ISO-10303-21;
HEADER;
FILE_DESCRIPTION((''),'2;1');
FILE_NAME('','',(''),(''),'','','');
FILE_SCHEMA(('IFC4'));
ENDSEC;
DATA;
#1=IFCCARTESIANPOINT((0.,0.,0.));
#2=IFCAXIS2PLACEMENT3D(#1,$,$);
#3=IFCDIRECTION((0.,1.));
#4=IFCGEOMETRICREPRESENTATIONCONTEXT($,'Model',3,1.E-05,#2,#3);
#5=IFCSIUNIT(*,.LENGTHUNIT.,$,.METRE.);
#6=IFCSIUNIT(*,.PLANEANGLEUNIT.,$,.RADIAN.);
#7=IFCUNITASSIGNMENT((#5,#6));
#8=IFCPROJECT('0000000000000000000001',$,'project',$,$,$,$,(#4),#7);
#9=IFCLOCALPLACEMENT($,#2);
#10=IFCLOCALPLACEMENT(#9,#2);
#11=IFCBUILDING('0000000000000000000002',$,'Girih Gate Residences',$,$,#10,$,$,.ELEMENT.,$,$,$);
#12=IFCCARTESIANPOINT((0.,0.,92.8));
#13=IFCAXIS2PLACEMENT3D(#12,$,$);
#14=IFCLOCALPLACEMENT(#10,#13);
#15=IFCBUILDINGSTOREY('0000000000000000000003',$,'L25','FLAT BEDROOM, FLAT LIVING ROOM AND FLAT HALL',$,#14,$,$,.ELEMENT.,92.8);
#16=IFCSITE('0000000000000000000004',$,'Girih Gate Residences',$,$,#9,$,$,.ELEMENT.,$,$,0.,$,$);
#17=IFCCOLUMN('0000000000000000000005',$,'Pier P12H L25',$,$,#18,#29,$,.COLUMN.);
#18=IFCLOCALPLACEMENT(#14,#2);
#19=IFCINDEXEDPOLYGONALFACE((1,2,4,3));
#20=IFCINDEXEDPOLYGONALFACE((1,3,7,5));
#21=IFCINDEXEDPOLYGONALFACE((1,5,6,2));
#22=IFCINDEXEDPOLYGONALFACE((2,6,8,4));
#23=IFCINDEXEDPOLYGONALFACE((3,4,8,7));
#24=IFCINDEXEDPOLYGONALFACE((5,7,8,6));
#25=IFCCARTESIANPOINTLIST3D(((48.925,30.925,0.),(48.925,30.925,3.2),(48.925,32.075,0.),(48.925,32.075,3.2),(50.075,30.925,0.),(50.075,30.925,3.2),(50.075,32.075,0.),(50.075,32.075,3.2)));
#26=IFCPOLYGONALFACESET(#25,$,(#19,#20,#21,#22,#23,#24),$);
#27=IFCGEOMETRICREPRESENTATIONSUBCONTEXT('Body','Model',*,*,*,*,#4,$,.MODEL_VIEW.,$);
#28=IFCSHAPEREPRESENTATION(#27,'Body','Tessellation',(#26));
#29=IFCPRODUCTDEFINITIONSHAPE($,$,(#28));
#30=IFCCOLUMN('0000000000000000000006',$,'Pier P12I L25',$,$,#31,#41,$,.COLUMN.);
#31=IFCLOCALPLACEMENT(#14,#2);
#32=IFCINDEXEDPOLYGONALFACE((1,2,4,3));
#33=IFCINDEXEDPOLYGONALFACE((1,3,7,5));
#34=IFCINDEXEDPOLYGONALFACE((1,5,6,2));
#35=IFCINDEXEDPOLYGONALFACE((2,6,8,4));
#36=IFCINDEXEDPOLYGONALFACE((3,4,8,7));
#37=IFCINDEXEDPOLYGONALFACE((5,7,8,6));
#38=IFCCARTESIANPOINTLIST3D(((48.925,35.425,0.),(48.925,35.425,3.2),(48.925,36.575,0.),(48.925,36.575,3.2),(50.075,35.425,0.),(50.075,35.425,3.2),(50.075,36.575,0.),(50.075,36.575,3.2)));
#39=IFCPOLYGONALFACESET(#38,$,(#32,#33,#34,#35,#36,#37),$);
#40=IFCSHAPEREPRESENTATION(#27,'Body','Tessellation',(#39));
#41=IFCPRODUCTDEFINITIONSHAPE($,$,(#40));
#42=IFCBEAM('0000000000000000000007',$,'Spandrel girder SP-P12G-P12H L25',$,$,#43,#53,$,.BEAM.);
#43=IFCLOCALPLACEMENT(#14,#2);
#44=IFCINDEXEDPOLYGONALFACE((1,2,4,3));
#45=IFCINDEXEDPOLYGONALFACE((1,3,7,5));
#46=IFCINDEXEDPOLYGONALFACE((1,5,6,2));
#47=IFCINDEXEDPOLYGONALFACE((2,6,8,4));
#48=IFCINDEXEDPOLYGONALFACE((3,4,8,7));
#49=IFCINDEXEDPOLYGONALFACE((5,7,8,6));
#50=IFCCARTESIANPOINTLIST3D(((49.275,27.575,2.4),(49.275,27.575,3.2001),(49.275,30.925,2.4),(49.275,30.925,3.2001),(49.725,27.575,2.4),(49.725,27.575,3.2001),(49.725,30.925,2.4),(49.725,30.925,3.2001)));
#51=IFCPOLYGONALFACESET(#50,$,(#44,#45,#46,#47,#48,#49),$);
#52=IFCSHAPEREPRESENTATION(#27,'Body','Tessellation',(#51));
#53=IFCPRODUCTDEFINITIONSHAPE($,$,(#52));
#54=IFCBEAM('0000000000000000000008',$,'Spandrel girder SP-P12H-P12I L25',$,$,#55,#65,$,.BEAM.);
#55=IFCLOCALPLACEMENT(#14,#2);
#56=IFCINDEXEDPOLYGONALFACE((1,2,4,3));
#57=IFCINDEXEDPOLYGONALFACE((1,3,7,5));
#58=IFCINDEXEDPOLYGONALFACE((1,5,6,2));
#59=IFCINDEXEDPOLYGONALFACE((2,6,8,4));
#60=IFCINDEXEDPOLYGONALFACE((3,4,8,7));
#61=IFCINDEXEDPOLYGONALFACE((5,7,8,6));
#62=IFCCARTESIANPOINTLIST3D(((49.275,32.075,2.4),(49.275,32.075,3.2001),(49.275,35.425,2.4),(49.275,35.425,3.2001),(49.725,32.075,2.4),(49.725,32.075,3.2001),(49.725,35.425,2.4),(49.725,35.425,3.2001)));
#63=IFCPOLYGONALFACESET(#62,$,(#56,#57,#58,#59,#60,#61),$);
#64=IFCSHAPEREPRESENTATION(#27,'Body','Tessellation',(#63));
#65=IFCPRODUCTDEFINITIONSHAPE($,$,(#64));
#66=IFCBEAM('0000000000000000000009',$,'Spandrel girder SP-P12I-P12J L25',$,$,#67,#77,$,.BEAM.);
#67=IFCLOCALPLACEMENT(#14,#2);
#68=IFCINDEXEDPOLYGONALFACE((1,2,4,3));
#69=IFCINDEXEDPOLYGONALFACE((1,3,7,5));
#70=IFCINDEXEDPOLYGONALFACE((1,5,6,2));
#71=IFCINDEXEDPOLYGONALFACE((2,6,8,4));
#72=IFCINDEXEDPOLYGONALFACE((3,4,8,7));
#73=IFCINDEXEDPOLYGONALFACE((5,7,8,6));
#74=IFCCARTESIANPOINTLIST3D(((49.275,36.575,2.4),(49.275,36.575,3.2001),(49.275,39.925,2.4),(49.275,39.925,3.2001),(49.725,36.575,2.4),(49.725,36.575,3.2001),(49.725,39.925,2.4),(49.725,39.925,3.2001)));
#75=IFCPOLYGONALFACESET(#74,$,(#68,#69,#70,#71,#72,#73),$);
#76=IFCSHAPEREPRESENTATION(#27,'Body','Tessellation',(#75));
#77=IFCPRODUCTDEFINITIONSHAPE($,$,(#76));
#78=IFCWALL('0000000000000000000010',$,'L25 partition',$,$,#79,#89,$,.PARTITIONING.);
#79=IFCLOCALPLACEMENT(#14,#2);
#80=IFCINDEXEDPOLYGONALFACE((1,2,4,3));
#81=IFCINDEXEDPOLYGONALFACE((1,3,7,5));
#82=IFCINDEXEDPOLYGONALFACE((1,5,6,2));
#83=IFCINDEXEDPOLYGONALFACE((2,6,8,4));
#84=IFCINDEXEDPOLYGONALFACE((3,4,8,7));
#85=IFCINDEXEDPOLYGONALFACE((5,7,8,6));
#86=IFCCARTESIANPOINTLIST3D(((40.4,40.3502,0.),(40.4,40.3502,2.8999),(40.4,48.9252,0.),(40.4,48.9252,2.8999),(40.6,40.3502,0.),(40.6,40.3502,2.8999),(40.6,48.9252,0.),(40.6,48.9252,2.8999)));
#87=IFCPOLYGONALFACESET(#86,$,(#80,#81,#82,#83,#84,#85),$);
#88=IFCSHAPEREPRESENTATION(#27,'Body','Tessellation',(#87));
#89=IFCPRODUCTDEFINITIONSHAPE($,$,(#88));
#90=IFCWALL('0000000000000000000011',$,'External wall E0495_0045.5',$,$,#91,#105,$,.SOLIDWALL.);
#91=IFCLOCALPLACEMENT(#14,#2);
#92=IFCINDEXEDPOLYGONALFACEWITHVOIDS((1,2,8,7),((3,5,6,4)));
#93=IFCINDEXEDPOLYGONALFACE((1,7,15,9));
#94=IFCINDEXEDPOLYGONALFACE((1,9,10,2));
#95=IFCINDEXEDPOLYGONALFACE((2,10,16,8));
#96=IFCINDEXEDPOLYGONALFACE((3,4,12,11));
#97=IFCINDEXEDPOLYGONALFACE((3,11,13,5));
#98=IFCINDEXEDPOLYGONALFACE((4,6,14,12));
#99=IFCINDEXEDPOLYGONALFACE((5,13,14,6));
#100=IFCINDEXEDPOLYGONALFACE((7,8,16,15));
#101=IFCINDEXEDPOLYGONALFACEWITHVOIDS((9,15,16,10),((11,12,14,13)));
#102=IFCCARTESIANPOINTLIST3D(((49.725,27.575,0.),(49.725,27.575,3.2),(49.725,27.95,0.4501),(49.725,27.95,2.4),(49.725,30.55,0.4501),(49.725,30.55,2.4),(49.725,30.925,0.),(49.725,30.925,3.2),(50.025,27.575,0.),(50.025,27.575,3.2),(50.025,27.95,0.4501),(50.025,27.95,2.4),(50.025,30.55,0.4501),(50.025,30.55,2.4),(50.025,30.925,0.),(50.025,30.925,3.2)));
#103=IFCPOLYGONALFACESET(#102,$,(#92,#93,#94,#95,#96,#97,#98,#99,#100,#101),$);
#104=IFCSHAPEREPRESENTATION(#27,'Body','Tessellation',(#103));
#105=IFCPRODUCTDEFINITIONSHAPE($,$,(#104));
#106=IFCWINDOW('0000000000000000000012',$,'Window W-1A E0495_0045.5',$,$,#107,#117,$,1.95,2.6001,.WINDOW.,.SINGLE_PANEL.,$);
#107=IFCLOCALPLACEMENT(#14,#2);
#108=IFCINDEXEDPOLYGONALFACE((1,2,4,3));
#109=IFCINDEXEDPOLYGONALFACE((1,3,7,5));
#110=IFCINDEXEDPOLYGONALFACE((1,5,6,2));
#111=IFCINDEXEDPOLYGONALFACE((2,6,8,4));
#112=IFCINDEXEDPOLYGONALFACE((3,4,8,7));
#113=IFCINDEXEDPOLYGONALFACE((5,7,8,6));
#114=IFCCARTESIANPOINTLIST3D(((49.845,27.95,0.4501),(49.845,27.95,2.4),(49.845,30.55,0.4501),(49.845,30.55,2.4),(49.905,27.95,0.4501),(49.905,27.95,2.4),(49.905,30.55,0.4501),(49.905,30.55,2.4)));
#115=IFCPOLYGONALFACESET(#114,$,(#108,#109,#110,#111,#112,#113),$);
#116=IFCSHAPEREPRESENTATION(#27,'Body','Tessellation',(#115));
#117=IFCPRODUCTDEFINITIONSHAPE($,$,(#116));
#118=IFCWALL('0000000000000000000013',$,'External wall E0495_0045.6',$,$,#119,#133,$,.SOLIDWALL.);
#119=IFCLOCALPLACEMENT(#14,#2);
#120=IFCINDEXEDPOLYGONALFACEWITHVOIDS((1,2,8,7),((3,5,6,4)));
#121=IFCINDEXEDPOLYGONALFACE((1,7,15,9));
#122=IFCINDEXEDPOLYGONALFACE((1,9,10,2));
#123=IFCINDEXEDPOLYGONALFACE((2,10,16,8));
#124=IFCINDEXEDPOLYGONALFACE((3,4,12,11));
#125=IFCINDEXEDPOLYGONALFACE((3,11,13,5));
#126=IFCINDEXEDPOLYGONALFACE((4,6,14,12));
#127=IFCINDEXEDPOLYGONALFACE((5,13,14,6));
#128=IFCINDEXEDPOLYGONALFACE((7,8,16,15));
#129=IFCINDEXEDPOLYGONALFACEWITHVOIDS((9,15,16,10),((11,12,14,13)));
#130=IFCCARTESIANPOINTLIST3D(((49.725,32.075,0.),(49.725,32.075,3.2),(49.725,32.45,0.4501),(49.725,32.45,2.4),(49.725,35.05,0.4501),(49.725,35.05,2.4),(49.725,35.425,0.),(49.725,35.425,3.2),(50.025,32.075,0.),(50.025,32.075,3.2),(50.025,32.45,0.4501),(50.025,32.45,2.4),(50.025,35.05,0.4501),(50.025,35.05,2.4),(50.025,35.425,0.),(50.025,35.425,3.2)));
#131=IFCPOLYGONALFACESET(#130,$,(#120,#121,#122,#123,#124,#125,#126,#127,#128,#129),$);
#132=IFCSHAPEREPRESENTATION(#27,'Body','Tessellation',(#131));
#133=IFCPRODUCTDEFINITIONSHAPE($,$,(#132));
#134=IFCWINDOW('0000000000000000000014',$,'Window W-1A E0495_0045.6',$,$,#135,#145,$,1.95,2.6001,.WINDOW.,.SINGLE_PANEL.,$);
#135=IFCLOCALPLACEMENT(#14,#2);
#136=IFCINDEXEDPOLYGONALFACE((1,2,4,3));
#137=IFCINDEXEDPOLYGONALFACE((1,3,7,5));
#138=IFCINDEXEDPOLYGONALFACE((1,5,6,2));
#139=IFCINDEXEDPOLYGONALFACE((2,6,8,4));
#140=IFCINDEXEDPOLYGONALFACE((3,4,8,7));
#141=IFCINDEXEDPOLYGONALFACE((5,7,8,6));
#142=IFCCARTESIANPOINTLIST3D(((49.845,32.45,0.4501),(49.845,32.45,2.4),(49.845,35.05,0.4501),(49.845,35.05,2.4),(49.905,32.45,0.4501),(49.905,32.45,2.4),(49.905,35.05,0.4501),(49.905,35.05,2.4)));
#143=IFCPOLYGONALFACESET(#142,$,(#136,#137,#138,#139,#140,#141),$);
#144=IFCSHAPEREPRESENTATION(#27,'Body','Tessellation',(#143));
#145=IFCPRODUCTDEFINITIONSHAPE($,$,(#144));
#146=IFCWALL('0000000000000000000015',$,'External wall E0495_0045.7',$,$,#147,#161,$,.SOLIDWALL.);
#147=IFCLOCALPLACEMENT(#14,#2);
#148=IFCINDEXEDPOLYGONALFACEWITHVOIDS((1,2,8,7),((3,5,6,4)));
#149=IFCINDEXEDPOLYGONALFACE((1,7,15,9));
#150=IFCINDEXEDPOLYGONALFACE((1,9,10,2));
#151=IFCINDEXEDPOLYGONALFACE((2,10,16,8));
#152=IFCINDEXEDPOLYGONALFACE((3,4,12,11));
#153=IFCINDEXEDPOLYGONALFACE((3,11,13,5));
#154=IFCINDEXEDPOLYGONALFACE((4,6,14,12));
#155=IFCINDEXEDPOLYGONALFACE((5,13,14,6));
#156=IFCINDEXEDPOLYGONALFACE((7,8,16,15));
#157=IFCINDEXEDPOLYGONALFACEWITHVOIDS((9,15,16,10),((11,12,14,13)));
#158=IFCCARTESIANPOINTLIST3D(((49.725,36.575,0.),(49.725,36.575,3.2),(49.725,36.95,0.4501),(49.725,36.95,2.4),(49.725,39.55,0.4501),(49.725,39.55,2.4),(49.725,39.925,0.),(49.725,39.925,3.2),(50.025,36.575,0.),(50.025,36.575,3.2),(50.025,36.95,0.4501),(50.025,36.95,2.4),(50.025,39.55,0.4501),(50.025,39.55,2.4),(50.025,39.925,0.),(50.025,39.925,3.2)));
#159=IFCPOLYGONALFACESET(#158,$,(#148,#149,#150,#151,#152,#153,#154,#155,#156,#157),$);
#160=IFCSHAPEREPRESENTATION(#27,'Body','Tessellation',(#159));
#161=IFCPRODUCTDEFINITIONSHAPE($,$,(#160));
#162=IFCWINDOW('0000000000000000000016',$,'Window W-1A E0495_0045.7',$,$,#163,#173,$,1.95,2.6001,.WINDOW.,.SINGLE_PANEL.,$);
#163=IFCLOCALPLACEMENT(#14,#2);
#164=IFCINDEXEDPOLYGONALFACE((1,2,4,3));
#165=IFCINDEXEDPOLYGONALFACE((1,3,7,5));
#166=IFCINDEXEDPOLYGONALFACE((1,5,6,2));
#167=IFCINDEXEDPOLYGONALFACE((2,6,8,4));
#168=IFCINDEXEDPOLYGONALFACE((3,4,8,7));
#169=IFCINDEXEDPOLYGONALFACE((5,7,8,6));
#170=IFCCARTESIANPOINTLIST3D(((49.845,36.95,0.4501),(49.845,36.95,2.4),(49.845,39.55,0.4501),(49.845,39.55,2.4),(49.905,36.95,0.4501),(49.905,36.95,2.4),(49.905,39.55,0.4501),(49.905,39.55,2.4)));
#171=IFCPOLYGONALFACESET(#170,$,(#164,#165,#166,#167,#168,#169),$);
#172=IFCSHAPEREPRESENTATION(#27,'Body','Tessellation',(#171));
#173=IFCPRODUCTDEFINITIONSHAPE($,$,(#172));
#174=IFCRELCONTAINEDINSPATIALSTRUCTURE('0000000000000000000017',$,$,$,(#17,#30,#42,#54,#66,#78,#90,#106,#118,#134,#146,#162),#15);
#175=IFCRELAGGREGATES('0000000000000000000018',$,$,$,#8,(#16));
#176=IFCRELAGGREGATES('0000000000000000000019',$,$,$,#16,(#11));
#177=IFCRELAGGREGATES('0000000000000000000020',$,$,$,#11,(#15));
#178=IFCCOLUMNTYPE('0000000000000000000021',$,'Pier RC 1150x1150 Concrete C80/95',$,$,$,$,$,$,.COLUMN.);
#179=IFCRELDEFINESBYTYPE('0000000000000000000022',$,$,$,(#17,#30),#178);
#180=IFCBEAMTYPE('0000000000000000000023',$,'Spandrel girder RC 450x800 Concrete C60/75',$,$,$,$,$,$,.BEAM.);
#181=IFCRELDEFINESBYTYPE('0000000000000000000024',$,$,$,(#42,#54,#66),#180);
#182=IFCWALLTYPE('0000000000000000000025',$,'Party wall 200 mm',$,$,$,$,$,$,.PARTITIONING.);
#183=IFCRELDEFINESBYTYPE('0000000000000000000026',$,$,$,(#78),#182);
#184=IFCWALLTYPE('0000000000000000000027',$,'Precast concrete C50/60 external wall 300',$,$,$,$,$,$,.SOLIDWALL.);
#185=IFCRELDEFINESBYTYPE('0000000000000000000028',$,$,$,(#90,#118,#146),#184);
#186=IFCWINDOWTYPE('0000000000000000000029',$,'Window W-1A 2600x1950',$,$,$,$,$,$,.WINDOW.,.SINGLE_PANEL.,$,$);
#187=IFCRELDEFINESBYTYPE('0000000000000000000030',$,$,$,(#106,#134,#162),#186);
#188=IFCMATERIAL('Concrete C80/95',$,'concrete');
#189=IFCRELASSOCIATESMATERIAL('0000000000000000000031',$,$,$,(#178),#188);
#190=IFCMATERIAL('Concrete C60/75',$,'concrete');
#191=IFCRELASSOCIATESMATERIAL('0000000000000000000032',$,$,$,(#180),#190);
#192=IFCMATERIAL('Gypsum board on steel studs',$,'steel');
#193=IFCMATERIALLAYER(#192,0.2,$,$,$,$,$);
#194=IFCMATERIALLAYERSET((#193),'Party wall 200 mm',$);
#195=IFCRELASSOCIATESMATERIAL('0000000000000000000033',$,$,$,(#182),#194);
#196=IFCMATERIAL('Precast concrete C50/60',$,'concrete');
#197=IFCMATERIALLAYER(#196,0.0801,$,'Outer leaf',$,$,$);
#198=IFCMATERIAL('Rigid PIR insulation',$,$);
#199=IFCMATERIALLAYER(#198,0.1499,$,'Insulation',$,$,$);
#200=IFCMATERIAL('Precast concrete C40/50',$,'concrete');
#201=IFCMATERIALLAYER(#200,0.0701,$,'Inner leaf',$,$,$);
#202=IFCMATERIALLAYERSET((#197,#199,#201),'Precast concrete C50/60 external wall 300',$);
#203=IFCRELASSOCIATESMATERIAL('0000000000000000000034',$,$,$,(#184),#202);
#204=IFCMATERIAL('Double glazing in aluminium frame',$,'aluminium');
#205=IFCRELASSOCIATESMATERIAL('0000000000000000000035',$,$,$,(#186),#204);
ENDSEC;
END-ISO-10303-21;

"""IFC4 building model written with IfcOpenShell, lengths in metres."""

from ifc_helpers import new_model, si_unit, direction, frame, frame_2d, origin, origin_2d, place, context, subcontext, project, spatial, rectangle, extrude, material, layer, layer_set, material_profile, profile_set, type_object, element, fill, save


model = new_model("IFC4")

# Units and contexts
model_context = context("Model", 3, precision=1e-05, world=origin(), true_north=direction((0.0, 1.0)))
body_context = subcontext(model_context, "Body", "Model", "MODEL_VIEW")
ifc_project = project(units=[si_unit("LENGTHUNIT", "METRE"), si_unit("PLANEANGLEUNIT", "RADIAN")], contexts=[model_context])

# Site, building, storey
site_placement = place(None, origin())
site = spatial("IfcSite", under=ifc_project, at=site_placement, Name="Girih Gate Residences", CompositionType="ELEMENT", RefElevation=0.0)
building_placement = place(site_placement, origin())
building = spatial("IfcBuilding", under=site, at=building_placement, Name="Girih Gate Residences", CompositionType="ELEMENT")
storey_placement = place(building_placement, frame((0.0, 0.0, 92.8)))
storey = spatial("IfcBuildingStorey", under=building, at=storey_placement, Name="L25", Description="FLAT BEDROOM, FLAT LIVING ROOM AND FLAT HALL", CompositionType="ELEMENT", Elevation=92.8)

# Columns
ifc_material_1 = material(Name="Concrete C80/95", Category="concrete")
ifc_material_profile_1 = material_profile(ifc_material_1, rectangle(XDim=1.1499, YDim=1.1499, at=origin_2d()))
ifc_profile_set_1 = profile_set([ifc_material_profile_1], Name="Concrete C80/95")
column_type = type_object("IfcColumnType", Name="Pier RC 1150x1150 Concrete C80/95", PredefinedType="COLUMN", material=ifc_profile_set_1)
for number, where, z_axis, x_axis, name in (
    (1, (49.5, 31.5, 0.0), (0.0, 0.0, 1.0), (1.0, 0.0, 0.0), "Pier P12H L25"),
    (2, (49.5, 36.0, 0.0), (0.0, 0.0, 1.0), (1.0, 0.0, 0.0), "Pier P12I L25"),
):
    element("IfcColumn", number, at=place(storey_placement, frame(where, z_axis=z_axis, x_axis=x_axis)), inside=storey, type_object=column_type, Name=name, PredefinedType="COLUMN", context=body_context, shape_type="SweptSolid", body=[
        extrude(rectangle(XDim=1.1499, YDim=1.1499, at=origin_2d()), origin(), (0.0, 0.0, 1.0), 3.2),
    ])

# Beams
ifc_material_2 = material(Name="Concrete C60/75", Category="concrete")
ifc_material_profile_2 = material_profile(ifc_material_2, rectangle(XDim=0.45, YDim=0.8, at=origin_2d()))
ifc_profile_set_2 = profile_set([ifc_material_profile_2], Name="Concrete C60/75")
beam_type = type_object("IfcBeamType", Name="Spandrel girder RC 450x800 Concrete C60/75", PredefinedType="BEAM", material=ifc_profile_set_2)
for number, where, z_axis, x_axis, name in (
    (3, (49.5, 27.575, 2.8), (0.0, 1.0, 0.0), (-1.0, 0.0, 0.0), "Spandrel girder SP-P12G-P12H L25"),
    (4, (49.5, 32.075, 2.8), (0.0, 1.0, 0.0), (-1.0, 0.0, 0.0), "Spandrel girder SP-P12H-P12I L25"),
    (5, (49.5, 36.575, 2.8), (0.0, 1.0, 0.0), (-1.0, 0.0, 0.0), "Spandrel girder SP-P12I-P12J L25"),
):
    element("IfcBeam", number, at=place(storey_placement, frame(where, z_axis=z_axis, x_axis=x_axis)), inside=storey, type_object=beam_type, Name=name, PredefinedType="BEAM", context=body_context, shape_type="SweptSolid", body=[
        extrude(rectangle(XDim=0.45, YDim=0.8, at=origin_2d()), origin(), (0.0, 0.0, 1.0), 3.3501),
    ])

# Wall
ifc_material_3 = material(Name="Gypsum board on steel studs", Category="steel")
ifc_layer_1 = layer(ifc_material_3, 0.2)
ifc_layer_set_1 = layer_set([ifc_layer_1], Name="Party wall 200 mm")
wall_type_1 = type_object("IfcWallType", Name="Party wall 200 mm", PredefinedType="PARTITIONING", material=ifc_layer_set_1)
wall_1_placement = place(storey_placement, frame((40.5, 40.3501, 0.0), z_axis=(0.0, 0.0, 1.0), x_axis=(0.0, 1.0, 0.0)))
element("IfcWall", 6, at=wall_1_placement, inside=storey, type_object=wall_type_1, Name="L25 partition", PredefinedType="PARTITIONING", context=body_context, shape_type="SweptSolid", body=[
    extrude(rectangle(XDim=8.575, YDim=0.2, at=frame_2d((4.2876, 0.0))), origin(), (0.0, 0.0, 1.0), 2.8999),
])

# Walls, openings, windows
ifc_material_4 = material(Name="Precast concrete C50/60", Category="concrete")
ifc_layer_2 = layer(ifc_material_4, 0.0801, Name="Outer leaf")
ifc_material_5 = material(Name="Rigid PIR insulation")
ifc_layer_3 = layer(ifc_material_5, 0.1499, Name="Insulation")
ifc_material_6 = material(Name="Precast concrete C40/50", Category="concrete")
ifc_layer_4 = layer(ifc_material_6, 0.0701, Name="Inner leaf")
ifc_layer_set_2 = layer_set([ifc_layer_2, ifc_layer_3, ifc_layer_4], Name="Precast concrete C50/60 external wall 300")
wall_type_2 = type_object("IfcWallType", Name="Precast concrete C50/60 external wall 300", PredefinedType="SOLIDWALL", material=ifc_layer_set_2)
wall_2_placement = place(storey_placement, frame((49.875, 30.925, 0.0), z_axis=(0.0, 0.0, 1.0), x_axis=(0.0, -1.0, 0.0)))
wall_2 = element("IfcWall", 7, at=wall_2_placement, inside=storey, type_object=wall_type_2, Name="External wall E0495_0045.5", PredefinedType="SOLIDWALL", context=body_context, shape_type="SweptSolid", body=[
    extrude(rectangle(XDim=3.3501, YDim=0.3, at=frame_2d((1.675, 0.0))), origin(), (0.0, 0.0, 1.0), 3.2),
])
opening_1_placement = place(wall_2_placement, frame((0.375, 0.0, 0.45)))
opening_1 = element("IfcOpeningElement", 8, at=opening_1_placement, cuts=wall_2, PredefinedType="OPENING", context=body_context, shape_type="SweptSolid", body=[
    extrude(rectangle(XDim=2.6001, YDim=1.95, at=frame_2d((1.3, 0.9751))), frame((0.0, 0.1599, 0.0), z_axis=(0.0, -1.0, 0.0), x_axis=(1.0, 0.0, 0.0)), (0.0, 0.0, 1.0), 0.3201),
])
ifc_material_7 = material(Name="Double glazing in aluminium frame", Category="aluminium")
window_type = type_object("IfcWindowType", Name="Window W-1A 2600x1950", PartitioningType="SINGLE_PANEL", PredefinedType="WINDOW", material=ifc_material_7)
window_1_placement = place(opening_1_placement, origin())
window_1 = element("IfcWindow", 9, at=window_1_placement, inside=storey, type_object=window_type, Name="Window W-1A E0495_0045.5", OverallHeight=1.95, OverallWidth=2.6001, PartitioningType="SINGLE_PANEL", PredefinedType="WINDOW", context=body_context, shape_type="SweptSolid", body=[
    extrude(rectangle(XDim=2.6001, YDim=1.95, at=frame_2d((1.3, 0.9751))), frame((0.0, 0.03, 0.0), z_axis=(0.0, -1.0, 0.0), x_axis=(1.0, 0.0, 0.0)), (0.0, 0.0, 1.0), 0.0601),
])
fill(opening_1, window_1)
wall_3_placement = place(storey_placement, frame((49.875, 35.425, 0.0), z_axis=(0.0, 0.0, 1.0), x_axis=(0.0, -1.0, 0.0)))
wall_3 = element("IfcWall", 10, at=wall_3_placement, inside=storey, type_object=wall_type_2, Name="External wall E0495_0045.6", PredefinedType="SOLIDWALL", context=body_context, shape_type="SweptSolid", body=[
    extrude(rectangle(XDim=3.3501, YDim=0.3, at=frame_2d((1.675, 0.0))), origin(), (0.0, 0.0, 1.0), 3.2),
])
opening_2_placement = place(wall_3_placement, frame((0.375, 0.0, 0.45)))
opening_2 = element("IfcOpeningElement", 11, at=opening_2_placement, cuts=wall_3, PredefinedType="OPENING", context=body_context, shape_type="SweptSolid", body=[
    extrude(rectangle(XDim=2.6001, YDim=1.95, at=frame_2d((1.3, 0.9751))), frame((0.0, 0.1599, 0.0), z_axis=(0.0, -1.0, 0.0), x_axis=(1.0, 0.0, 0.0)), (0.0, 0.0, 1.0), 0.3201),
])
window_2_placement = place(opening_2_placement, origin())
window_2 = element("IfcWindow", 12, at=window_2_placement, inside=storey, type_object=window_type, Name="Window W-1A E0495_0045.6", OverallHeight=1.95, OverallWidth=2.6001, PartitioningType="SINGLE_PANEL", PredefinedType="WINDOW", context=body_context, shape_type="SweptSolid", body=[
    extrude(rectangle(XDim=2.6001, YDim=1.95, at=frame_2d((1.3, 0.9751))), frame((0.0, 0.03, 0.0), z_axis=(0.0, -1.0, 0.0), x_axis=(1.0, 0.0, 0.0)), (0.0, 0.0, 1.0), 0.0601),
])
fill(opening_2, window_2)
wall_4_placement = place(storey_placement, frame((49.875, 39.925, 0.0), z_axis=(0.0, 0.0, 1.0), x_axis=(0.0, -1.0, 0.0)))
wall_4 = element("IfcWall", 13, at=wall_4_placement, inside=storey, type_object=wall_type_2, Name="External wall E0495_0045.7", PredefinedType="SOLIDWALL", context=body_context, shape_type="SweptSolid", body=[
    extrude(rectangle(XDim=3.3501, YDim=0.3, at=frame_2d((1.675, 0.0))), origin(), (0.0, 0.0, 1.0), 3.2),
])
opening_3_placement = place(wall_4_placement, frame((0.375, 0.0, 0.45)))
opening_3 = element("IfcOpeningElement", 14, at=opening_3_placement, cuts=wall_4, PredefinedType="OPENING", context=body_context, shape_type="SweptSolid", body=[
    extrude(rectangle(XDim=2.6001, YDim=1.95, at=frame_2d((1.3, 0.9751))), frame((0.0, 0.1599, 0.0), z_axis=(0.0, -1.0, 0.0), x_axis=(1.0, 0.0, 0.0)), (0.0, 0.0, 1.0), 0.3201),
])
window_3_placement = place(opening_3_placement, origin())
window_3 = element("IfcWindow", 15, at=window_3_placement, inside=storey, type_object=window_type, Name="Window W-1A E0495_0045.7", OverallHeight=1.95, OverallWidth=2.6001, PartitioningType="SINGLE_PANEL", PredefinedType="WINDOW", context=body_context, shape_type="SweptSolid", body=[
    extrude(rectangle(XDim=2.6001, YDim=1.95, at=frame_2d((1.3, 0.9751))), frame((0.0, 0.03, 0.0), z_axis=(0.0, -1.0, 0.0), x_axis=(1.0, 0.0, 0.0)), (0.0, 0.0, 1.0), 0.0601),
])
fill(opening_3, window_3)

save(model, "model.ifc")
